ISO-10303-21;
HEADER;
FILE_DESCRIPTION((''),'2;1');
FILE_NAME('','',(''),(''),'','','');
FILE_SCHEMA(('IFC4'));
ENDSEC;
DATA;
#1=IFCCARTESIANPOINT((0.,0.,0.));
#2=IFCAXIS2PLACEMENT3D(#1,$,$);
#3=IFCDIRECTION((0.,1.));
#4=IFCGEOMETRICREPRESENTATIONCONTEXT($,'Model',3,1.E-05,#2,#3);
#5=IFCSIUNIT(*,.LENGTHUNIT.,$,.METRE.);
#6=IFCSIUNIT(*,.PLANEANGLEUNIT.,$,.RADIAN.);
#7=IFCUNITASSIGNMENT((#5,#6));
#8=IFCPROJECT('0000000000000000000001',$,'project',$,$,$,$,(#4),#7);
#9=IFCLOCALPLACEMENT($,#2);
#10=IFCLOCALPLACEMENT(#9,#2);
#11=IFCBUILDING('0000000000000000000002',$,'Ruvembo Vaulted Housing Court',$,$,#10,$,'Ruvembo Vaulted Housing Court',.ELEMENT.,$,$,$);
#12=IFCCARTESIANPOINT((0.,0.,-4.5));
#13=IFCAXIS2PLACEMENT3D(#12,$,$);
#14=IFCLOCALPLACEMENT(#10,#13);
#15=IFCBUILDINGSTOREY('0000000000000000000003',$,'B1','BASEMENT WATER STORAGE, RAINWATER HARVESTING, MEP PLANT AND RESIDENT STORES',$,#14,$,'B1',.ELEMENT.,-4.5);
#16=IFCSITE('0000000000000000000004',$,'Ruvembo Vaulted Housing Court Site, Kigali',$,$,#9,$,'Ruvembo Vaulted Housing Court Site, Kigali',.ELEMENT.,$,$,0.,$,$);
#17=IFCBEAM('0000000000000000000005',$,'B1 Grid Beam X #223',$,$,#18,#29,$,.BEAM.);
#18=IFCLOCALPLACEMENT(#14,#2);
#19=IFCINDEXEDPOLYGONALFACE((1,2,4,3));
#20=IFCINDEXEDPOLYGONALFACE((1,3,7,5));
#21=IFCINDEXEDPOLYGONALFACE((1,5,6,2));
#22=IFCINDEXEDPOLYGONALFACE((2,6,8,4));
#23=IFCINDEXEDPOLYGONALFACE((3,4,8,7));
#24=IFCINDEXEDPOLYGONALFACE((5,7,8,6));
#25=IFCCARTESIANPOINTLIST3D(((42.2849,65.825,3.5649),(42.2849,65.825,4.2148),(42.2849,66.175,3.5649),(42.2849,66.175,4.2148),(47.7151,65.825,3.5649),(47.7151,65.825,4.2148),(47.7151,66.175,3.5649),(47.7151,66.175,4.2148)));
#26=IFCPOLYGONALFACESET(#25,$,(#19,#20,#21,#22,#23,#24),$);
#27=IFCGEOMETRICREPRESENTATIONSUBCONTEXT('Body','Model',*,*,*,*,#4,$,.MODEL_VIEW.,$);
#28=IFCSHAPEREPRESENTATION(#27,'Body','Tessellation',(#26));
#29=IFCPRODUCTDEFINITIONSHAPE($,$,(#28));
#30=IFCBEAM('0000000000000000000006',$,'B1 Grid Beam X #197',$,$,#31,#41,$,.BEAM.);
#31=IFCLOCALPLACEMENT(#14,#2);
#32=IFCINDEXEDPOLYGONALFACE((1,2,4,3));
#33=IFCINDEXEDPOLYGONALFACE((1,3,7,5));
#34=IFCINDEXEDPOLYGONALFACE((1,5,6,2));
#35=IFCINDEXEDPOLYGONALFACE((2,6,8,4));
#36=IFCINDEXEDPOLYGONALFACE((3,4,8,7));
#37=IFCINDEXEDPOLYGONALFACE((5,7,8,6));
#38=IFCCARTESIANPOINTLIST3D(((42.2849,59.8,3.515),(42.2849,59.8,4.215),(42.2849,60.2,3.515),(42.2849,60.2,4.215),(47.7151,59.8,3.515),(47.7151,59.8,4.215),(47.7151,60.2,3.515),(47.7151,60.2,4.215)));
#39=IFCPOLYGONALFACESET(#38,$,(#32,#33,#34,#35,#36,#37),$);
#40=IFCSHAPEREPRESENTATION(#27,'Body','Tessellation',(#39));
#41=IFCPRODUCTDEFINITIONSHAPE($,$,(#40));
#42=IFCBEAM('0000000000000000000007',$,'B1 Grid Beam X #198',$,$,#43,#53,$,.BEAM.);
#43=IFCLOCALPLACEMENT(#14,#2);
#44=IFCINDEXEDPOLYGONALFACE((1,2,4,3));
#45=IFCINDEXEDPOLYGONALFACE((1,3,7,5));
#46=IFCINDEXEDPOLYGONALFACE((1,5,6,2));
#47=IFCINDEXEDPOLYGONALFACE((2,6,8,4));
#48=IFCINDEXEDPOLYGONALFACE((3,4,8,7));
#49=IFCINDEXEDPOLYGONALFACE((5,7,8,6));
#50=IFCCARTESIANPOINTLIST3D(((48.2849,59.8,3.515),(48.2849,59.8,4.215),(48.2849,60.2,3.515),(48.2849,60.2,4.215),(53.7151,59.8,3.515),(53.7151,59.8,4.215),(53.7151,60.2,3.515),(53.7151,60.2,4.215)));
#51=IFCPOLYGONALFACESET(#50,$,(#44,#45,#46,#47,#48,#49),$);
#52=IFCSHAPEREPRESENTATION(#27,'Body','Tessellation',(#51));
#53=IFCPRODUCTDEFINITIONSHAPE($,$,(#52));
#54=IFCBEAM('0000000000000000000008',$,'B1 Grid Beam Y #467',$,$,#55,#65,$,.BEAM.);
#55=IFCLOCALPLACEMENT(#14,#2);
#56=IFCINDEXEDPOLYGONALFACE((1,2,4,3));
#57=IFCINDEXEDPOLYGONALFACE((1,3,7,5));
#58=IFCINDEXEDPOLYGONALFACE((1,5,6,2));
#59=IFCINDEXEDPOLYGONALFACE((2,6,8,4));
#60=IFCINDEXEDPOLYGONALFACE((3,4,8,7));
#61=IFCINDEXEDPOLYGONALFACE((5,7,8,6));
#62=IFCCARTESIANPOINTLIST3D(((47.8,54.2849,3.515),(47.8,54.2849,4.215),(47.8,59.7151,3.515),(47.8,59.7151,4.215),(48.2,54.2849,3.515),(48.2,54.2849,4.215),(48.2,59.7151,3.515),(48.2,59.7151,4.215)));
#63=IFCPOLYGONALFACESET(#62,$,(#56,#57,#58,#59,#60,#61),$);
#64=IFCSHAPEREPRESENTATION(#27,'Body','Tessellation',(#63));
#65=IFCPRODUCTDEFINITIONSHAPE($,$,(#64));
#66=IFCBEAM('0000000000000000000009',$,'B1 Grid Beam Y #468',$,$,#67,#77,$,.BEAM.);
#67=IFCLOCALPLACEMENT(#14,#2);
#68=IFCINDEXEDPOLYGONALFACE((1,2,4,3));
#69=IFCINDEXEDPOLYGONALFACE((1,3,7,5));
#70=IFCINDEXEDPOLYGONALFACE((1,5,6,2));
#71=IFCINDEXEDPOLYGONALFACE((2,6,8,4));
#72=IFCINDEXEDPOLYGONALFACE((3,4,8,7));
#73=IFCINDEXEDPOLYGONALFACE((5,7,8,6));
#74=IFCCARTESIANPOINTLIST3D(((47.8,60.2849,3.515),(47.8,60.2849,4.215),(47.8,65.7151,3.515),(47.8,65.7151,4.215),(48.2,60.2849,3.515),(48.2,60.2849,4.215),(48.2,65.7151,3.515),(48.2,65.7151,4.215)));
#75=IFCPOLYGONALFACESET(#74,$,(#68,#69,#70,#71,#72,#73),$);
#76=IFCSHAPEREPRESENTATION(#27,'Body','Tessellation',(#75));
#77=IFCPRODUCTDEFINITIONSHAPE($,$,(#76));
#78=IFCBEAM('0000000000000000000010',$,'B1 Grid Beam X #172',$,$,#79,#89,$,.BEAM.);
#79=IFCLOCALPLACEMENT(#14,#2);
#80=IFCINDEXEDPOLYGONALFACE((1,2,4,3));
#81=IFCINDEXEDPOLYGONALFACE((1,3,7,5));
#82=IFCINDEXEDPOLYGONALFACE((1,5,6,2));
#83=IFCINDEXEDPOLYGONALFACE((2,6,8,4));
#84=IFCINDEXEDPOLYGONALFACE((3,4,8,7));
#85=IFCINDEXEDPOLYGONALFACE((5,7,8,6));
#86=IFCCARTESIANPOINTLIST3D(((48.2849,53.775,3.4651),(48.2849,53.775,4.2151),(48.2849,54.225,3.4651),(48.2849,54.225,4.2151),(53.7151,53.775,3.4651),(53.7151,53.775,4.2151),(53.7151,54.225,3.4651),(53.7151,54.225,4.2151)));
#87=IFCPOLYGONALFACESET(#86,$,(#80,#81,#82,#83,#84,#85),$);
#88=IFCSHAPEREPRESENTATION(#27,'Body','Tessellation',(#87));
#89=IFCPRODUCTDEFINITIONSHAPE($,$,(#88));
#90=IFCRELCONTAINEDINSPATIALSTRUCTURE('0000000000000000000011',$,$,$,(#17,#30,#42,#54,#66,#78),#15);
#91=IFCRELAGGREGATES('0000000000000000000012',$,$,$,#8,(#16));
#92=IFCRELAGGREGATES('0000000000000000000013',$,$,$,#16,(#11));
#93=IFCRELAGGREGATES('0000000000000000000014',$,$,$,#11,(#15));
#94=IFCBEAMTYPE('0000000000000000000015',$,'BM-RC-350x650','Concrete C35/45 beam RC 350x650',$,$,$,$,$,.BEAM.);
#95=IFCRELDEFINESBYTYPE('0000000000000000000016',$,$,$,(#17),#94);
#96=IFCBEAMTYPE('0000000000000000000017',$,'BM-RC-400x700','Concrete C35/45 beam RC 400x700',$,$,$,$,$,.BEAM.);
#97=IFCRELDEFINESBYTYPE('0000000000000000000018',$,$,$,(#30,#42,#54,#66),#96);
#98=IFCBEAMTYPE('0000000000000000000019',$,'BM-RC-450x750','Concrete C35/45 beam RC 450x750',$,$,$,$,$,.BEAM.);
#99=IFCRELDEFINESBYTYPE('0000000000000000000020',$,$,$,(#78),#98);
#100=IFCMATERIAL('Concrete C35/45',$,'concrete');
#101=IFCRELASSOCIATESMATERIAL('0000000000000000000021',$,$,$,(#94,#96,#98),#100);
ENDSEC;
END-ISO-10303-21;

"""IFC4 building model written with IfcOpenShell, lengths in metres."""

from ifc_helpers import new_model, si_unit, direction, frame, origin, origin_2d, place, context, subcontext, project, spatial, rectangle, extrude, material, material_profile, profile_set, type_object, element, save


model = new_model("IFC4")

# Units and contexts
model_context = context("Model", 3, precision=1e-05, world=origin(), true_north=direction((0.0, 1.0)))
body_context = subcontext(model_context, "Body", "Model", "MODEL_VIEW")
ifc_project = project(units=[si_unit("LENGTHUNIT", "METRE"), si_unit("PLANEANGLEUNIT", "RADIAN")], contexts=[model_context])

# Site, building, storey
site_placement = place(None, origin())
site = spatial("IfcSite", under=ifc_project, at=site_placement, Name="Ruvembo Vaulted Housing Court Site, Kigali", LongName="Ruvembo Vaulted Housing Court Site, Kigali", CompositionType="ELEMENT", RefElevation=0.0)
building_placement = place(site_placement, origin())
building = spatial("IfcBuilding", under=site, at=building_placement, Name="Ruvembo Vaulted Housing Court", LongName="Ruvembo Vaulted Housing Court", CompositionType="ELEMENT")
storey_placement = place(building_placement, frame((0.0, 0.0, -4.5)))
storey = spatial("IfcBuildingStorey", under=building, at=storey_placement, Name="B1", Description="BASEMENT WATER STORAGE, RAINWATER HARVESTING, MEP PLANT AND RESIDENT STORES", LongName="B1", CompositionType="ELEMENT", Elevation=-4.5)

# Shared definitions
ifc_material_1 = material(Name="Concrete C35/45", Category="concrete")

# Beams
ifc_material_profile_1 = material_profile(ifc_material_1, rectangle(XDim=0.3501, YDim=0.6499, at=origin_2d()), Name="RC 350x650")
ifc_profile_set_1 = profile_set([ifc_material_profile_1], Name="Concrete C35/45")
beam_type_1 = type_object("IfcBeamType", Name="BM-RC-350x650", Description="Concrete C35/45 beam RC 350x650", PredefinedType="BEAM", material=ifc_profile_set_1)
beam_1_placement = place(storey_placement, frame((42.2849, 66.0, 3.8899), z_axis=(1.0, 0.0, 0.0), x_axis=(0.0, 1.0, 0.0)))
element("IfcBeam", 1, at=beam_1_placement, inside=storey, type_object=beam_type_1, Name="B1 Grid Beam X #223", PredefinedType="BEAM", context=body_context, shape_type="SweptSolid", body=[
    extrude(rectangle(XDim=0.3501, YDim=0.6499, at=origin_2d()), origin(), (0.0, 0.0, 1.0), 5.4302),
])
ifc_material_profile_2 = material_profile(ifc_material_1, rectangle(XDim=0.3999, YDim=0.7, at=origin_2d()), Name="RC 400x700")
ifc_profile_set_2 = profile_set([ifc_material_profile_2], Name="Concrete C35/45")
beam_type_2 = type_object("IfcBeamType", Name="BM-RC-400x700", Description="Concrete C35/45 beam RC 400x700", PredefinedType="BEAM", material=ifc_profile_set_2)
for number, where, z_axis, x_axis, name in (
    (2, (42.2849, 60.0, 3.865), (1.0, 0.0, 0.0), (0.0, 1.0, 0.0), "B1 Grid Beam X #197"),
    (3, (48.2849, 60.0, 3.865), (1.0, 0.0, 0.0), (0.0, 1.0, 0.0), "B1 Grid Beam X #198"),
    (4, (48.0, 54.2849, 3.865), (0.0, 1.0, 0.0), (-1.0, 0.0, 0.0), "B1 Grid Beam Y #467"),
    (5, (48.0, 60.2849, 3.865), (0.0, 1.0, 0.0), (-1.0, 0.0, 0.0), "B1 Grid Beam Y #468"),
):
    element("IfcBeam", number, at=place(storey_placement, frame(where, z_axis=z_axis, x_axis=x_axis)), inside=storey, type_object=beam_type_2, Name=name, PredefinedType="BEAM", context=body_context, shape_type="SweptSolid", body=[
        extrude(rectangle(XDim=0.3999, YDim=0.7, at=origin_2d()), origin(), (0.0, 0.0, 1.0), 5.4302),
    ])
ifc_material_profile_3 = material_profile(ifc_material_1, rectangle(XDim=0.45, YDim=0.75, at=origin_2d()), Name="RC 450x750")
ifc_profile_set_3 = profile_set([ifc_material_profile_3], Name="Concrete C35/45")
beam_type_3 = type_object("IfcBeamType", Name="BM-RC-450x750", Description="Concrete C35/45 beam RC 450x750", PredefinedType="BEAM", material=ifc_profile_set_3)
beam_2_placement = place(storey_placement, frame((48.2849, 54.0, 3.8401), z_axis=(1.0, 0.0, 0.0), x_axis=(0.0, 1.0, 0.0)))
element("IfcBeam", 6, at=beam_2_placement, inside=storey, type_object=beam_type_3, Name="B1 Grid Beam X #172", PredefinedType="BEAM", context=body_context, shape_type="SweptSolid", body=[
    extrude(rectangle(XDim=0.45, YDim=0.75, at=origin_2d()), origin(), (0.0, 0.0, 1.0), 5.4302),
])

save(model, "model.ifc")
